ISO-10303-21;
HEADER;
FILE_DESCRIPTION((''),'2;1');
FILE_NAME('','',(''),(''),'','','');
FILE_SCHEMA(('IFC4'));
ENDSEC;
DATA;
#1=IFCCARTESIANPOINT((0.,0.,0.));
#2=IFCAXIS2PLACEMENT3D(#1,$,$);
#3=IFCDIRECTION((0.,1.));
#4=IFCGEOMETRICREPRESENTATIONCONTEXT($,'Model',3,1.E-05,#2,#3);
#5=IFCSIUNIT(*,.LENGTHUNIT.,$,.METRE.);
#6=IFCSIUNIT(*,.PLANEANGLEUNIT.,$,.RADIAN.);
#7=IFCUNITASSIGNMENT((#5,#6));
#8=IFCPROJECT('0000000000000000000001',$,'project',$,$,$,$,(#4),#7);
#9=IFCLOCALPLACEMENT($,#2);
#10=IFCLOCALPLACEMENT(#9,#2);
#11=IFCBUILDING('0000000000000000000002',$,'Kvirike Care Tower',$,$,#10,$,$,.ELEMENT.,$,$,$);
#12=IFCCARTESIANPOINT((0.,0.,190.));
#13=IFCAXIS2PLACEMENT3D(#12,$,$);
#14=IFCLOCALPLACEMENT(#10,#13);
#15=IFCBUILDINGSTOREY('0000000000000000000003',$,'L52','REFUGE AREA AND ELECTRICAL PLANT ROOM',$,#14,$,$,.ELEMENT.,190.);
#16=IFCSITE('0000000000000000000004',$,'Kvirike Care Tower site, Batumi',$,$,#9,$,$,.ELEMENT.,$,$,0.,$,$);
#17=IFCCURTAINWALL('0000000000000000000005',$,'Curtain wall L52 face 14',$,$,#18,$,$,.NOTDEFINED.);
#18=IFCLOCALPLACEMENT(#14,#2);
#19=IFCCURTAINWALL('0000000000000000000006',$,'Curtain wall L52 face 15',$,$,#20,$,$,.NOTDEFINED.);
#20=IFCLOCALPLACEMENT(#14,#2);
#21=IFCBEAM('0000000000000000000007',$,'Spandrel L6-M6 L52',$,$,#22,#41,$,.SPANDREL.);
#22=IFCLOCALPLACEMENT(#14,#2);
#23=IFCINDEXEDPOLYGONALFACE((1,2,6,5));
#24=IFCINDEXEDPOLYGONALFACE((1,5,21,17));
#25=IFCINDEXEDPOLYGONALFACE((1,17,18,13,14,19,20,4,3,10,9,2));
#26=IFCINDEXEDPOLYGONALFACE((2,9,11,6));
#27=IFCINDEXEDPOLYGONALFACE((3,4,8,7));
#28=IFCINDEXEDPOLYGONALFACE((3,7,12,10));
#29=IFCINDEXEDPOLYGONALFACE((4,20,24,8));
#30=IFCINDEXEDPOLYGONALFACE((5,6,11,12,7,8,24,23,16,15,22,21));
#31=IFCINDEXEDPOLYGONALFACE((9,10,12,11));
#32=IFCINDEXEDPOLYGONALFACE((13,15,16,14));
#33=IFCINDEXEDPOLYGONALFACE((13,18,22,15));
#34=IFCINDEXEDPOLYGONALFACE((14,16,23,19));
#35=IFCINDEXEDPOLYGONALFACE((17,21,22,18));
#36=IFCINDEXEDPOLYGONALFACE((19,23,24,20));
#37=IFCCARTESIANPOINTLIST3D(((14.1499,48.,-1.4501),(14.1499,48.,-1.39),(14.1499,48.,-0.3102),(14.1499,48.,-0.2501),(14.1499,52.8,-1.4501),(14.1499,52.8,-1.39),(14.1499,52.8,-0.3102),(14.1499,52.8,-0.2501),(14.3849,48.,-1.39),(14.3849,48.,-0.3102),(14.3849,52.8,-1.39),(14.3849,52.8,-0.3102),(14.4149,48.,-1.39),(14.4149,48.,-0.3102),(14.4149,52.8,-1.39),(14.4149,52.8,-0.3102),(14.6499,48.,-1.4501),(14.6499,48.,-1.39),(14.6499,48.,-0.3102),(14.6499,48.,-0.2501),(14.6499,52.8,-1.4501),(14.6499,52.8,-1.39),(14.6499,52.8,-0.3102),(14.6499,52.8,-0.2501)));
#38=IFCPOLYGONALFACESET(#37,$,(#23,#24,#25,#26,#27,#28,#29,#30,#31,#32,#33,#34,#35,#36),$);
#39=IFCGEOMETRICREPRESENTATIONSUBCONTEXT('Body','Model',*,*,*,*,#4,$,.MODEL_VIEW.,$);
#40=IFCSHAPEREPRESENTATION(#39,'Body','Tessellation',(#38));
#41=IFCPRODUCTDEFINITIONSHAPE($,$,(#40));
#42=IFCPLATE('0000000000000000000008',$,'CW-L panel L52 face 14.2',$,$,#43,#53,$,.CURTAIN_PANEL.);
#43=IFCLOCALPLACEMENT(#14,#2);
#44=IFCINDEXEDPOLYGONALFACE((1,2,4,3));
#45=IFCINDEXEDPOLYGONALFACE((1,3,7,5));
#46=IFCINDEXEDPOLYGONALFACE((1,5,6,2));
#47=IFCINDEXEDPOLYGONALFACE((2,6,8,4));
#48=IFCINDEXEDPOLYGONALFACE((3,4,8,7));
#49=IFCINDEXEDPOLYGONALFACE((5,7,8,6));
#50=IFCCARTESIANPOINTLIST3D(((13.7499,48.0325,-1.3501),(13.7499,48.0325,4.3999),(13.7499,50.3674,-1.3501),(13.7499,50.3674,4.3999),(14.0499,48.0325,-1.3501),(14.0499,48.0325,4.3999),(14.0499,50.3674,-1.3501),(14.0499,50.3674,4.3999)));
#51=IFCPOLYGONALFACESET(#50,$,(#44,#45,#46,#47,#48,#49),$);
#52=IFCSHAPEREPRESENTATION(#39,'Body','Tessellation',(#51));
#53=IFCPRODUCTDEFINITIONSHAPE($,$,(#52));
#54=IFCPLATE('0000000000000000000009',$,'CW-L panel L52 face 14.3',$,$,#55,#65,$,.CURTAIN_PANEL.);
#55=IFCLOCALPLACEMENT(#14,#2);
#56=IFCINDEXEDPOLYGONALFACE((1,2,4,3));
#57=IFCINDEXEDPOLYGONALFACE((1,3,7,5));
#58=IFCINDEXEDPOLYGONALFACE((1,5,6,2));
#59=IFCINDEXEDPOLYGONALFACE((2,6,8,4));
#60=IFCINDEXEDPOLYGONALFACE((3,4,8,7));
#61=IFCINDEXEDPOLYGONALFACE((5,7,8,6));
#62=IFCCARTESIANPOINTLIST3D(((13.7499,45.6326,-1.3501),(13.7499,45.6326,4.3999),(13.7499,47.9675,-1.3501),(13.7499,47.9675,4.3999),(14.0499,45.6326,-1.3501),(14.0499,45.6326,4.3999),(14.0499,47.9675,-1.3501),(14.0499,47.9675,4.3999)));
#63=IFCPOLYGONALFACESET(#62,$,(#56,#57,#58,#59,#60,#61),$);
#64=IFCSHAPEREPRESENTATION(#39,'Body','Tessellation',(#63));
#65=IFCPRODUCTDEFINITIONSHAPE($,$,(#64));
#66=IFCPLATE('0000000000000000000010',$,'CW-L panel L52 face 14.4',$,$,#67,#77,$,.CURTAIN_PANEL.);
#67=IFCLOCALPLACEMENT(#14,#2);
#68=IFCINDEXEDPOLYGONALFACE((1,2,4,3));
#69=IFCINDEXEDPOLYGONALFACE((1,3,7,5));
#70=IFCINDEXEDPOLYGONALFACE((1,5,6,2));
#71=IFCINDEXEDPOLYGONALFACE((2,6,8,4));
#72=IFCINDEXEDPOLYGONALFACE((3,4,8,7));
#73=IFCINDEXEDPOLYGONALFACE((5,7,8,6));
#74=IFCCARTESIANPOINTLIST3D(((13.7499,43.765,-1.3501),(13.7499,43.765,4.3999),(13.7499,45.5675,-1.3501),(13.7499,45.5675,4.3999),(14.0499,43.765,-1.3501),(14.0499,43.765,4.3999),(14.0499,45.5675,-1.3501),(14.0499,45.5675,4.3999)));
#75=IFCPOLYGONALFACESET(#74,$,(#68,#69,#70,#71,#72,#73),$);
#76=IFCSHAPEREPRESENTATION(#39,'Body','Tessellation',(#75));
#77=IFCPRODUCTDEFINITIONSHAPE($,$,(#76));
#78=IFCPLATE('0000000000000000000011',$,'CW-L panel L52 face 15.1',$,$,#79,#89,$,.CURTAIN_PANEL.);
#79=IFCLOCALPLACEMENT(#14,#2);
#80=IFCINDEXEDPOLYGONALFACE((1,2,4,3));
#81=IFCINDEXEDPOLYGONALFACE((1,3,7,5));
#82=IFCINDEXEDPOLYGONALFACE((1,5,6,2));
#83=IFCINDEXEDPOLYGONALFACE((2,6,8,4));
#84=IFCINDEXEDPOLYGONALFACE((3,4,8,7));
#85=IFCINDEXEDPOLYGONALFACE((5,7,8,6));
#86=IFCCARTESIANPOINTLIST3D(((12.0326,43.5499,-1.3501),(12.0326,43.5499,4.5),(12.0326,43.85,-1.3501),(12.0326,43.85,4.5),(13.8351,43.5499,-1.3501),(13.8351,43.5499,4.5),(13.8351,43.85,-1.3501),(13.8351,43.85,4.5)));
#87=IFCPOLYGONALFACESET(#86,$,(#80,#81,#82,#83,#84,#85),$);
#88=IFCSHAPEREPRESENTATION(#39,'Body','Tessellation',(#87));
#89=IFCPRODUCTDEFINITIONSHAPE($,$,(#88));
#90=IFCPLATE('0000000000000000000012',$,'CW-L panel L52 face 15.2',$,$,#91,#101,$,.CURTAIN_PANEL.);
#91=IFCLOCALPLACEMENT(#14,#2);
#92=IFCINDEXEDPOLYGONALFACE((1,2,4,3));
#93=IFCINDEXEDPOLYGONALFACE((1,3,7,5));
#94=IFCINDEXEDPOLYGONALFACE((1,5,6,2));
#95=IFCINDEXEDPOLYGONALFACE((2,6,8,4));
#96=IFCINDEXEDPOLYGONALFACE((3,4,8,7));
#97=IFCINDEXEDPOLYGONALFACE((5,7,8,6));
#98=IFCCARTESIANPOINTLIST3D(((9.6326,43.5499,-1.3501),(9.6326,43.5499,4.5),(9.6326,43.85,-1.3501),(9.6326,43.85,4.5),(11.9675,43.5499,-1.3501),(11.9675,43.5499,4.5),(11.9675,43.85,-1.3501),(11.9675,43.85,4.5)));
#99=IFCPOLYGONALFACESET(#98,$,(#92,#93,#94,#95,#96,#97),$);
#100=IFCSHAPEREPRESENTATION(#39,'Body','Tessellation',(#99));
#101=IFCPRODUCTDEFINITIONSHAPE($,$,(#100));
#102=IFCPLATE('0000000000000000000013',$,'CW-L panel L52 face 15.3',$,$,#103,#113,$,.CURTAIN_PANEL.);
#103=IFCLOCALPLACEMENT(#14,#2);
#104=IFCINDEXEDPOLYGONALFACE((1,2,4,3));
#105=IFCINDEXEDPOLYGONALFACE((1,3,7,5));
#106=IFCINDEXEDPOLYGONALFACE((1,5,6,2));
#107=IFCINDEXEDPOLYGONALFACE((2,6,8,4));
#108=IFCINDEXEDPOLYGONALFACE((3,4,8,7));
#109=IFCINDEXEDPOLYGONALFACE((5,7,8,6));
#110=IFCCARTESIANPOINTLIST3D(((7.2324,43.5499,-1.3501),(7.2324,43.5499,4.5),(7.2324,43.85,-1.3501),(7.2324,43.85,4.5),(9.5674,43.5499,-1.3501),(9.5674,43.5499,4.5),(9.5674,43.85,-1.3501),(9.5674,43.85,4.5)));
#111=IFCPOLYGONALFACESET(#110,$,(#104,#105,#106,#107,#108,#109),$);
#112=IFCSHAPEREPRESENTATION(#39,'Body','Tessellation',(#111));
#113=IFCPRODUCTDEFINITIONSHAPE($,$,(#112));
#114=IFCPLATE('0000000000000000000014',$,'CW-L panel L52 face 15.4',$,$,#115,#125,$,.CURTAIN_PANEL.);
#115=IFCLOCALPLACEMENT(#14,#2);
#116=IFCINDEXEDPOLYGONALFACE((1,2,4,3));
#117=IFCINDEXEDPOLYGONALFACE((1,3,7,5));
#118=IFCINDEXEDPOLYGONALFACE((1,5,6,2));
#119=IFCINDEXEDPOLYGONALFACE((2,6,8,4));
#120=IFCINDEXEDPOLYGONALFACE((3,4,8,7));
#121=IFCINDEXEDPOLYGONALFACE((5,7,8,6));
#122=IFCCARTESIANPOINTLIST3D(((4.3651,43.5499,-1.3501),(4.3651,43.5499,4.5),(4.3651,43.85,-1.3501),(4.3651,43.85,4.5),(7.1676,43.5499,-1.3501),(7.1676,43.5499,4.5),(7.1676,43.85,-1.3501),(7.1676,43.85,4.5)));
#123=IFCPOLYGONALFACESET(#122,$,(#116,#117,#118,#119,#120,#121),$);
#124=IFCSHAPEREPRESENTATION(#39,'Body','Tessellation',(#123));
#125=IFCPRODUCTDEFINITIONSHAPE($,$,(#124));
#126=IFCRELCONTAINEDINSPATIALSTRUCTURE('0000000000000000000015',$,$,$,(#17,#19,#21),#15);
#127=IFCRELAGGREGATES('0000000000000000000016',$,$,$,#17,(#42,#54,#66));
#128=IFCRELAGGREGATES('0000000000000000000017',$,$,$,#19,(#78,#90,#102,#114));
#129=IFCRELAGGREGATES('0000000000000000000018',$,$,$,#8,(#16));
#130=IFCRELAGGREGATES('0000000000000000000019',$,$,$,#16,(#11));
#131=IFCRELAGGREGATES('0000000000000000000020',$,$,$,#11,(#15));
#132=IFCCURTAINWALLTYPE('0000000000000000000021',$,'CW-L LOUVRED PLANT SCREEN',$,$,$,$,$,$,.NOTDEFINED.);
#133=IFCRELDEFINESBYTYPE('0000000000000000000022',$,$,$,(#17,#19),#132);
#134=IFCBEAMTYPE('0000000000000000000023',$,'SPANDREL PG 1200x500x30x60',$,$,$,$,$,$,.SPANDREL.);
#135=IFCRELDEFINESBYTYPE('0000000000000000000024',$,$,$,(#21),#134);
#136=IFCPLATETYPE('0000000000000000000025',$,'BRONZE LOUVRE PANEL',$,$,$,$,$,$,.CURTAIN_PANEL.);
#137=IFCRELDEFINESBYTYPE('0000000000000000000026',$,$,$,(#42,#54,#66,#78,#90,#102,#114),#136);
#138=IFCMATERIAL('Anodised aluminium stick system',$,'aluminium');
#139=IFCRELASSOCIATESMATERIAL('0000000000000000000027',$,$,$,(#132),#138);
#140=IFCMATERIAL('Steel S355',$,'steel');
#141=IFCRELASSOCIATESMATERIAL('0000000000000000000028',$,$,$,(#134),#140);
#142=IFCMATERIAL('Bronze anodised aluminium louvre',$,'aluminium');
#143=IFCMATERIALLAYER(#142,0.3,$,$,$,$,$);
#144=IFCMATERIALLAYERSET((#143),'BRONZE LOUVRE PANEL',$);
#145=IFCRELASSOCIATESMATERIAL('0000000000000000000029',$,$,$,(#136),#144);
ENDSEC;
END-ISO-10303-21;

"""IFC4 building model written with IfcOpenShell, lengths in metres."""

from ifc_helpers import new_model, si_unit, direction, frame, origin, origin_2d, place, context, subcontext, project, spatial, rectangle, i_section, extrude, material, layer, layer_set, material_profile, profile_set, type_object, element, aggregate, save


model = new_model("IFC4")

# Units and contexts
model_context = context("Model", 3, precision=1e-05, world=origin(), true_north=direction((0.0, 1.0)))
body_context = subcontext(model_context, "Body", "Model", "MODEL_VIEW")
ifc_project = project(units=[si_unit("LENGTHUNIT", "METRE"), si_unit("PLANEANGLEUNIT", "RADIAN")], contexts=[model_context])

# Site, building, storey
site_placement = place(None, origin())
site = spatial("IfcSite", under=ifc_project, at=site_placement, Name="Kvirike Care Tower site, Batumi", CompositionType="ELEMENT", RefElevation=0.0)
building_placement = place(site_placement, origin())
building = spatial("IfcBuilding", under=site, at=building_placement, Name="Kvirike Care Tower", CompositionType="ELEMENT")
storey_placement = place(building_placement, frame((0.0, 0.0, 190.0)))
storey = spatial("IfcBuildingStorey", under=building, at=storey_placement, Name="L52", Description="REFUGE AREA AND ELECTRICAL PLANT ROOM", CompositionType="ELEMENT", Elevation=190.0)

# Curtain walls
ifc_material_1 = material(Name="Anodised aluminium stick system", Category="aluminium")
curtain_wall_type = type_object("IfcCurtainWallType", Name="CW-L LOUVRED PLANT SCREEN", PredefinedType="NOTDEFINED", material=ifc_material_1)
curtain_wall_1_placement = place(storey_placement, origin())
curtain_wall_1 = element("IfcCurtainWall", 1, at=curtain_wall_1_placement, inside=storey, type_object=curtain_wall_type, Name="Curtain wall L52 face 14", PredefinedType="NOTDEFINED")
curtain_wall_2_placement = place(storey_placement, origin())
curtain_wall_2 = element("IfcCurtainWall", 2, at=curtain_wall_2_placement, inside=storey, type_object=curtain_wall_type, Name="Curtain wall L52 face 15", PredefinedType="NOTDEFINED")

# Beam
ifc_material_2 = material(Name="Steel S355", Category="steel")
ifc_material_profile_1 = material_profile(ifc_material_2, i_section(OverallWidth=0.5, OverallDepth=1.2, WebThickness=0.03, FlangeThickness=0.0601, at=origin_2d()), Name="PG 1200x500x30x60")
ifc_profile_set_1 = profile_set([ifc_material_profile_1], Name="Steel S355")
beam_type_1 = type_object("IfcBeamType", Name="SPANDREL PG 1200x500x30x60", PredefinedType="SPANDREL", material=ifc_profile_set_1)
beam_1_placement = place(storey_placement, frame((14.3999, 48.0, -0.8501), z_axis=(0.0, 1.0, 0.0), x_axis=(-1.0, 0.0, 0.0)))
element("IfcBeam", 3, at=beam_1_placement, inside=storey, type_object=beam_type_1, Name="Spandrel L6-M6 L52", PredefinedType="SPANDREL", context=body_context, shape_type="SweptSolid", body=[
    extrude(i_section(OverallWidth=0.5, OverallDepth=1.2, WebThickness=0.03, FlangeThickness=0.0601, at=origin_2d()), origin(), (0.0, 0.0, 1.0), 4.8),
])

# Plates
ifc_material_3 = material(Name="Bronze anodised aluminium louvre", Category="aluminium")
ifc_layer = layer(ifc_material_3, 0.3)
ifc_layer_set = layer_set([ifc_layer], Name="BRONZE LOUVRE PANEL")
plate_type = type_object("IfcPlateType", Name="BRONZE LOUVRE PANEL", PredefinedType="CURTAIN_PANEL", material=ifc_layer_set)
plate_1_placement = place(storey_placement, frame((13.8999, 49.2, -1.3501), z_axis=(0.0, 0.0, 1.0), x_axis=(0.0, -1.0, 0.0)))
plate_1 = element("IfcPlate", 4, at=plate_1_placement, type_object=plate_type, Name="CW-L panel L52 face 14.2", PredefinedType="CURTAIN_PANEL", context=body_context, shape_type="SweptSolid", body=[
    extrude(rectangle(XDim=2.335, YDim=0.3, at=origin_2d()), origin(), (0.0, 0.0, 1.0), 5.75),
])
plate_2_placement = place(storey_placement, frame((13.8999, 46.8, -1.3501), z_axis=(0.0, 0.0, 1.0), x_axis=(0.0, -1.0, 0.0)))
plate_2 = element("IfcPlate", 5, at=plate_2_placement, type_object=plate_type, Name="CW-L panel L52 face 14.3", PredefinedType="CURTAIN_PANEL", context=body_context, shape_type="SweptSolid", body=[
    extrude(rectangle(XDim=2.335, YDim=0.3, at=origin_2d()), origin(), (0.0, 0.0, 1.0), 5.75),
])
plate_3_placement = place(storey_placement, frame((13.8999, 44.6663, -1.3501), z_axis=(0.0, 0.0, 1.0), x_axis=(0.0, -1.0, 0.0)))
plate_3 = element("IfcPlate", 6, at=plate_3_placement, type_object=plate_type, Name="CW-L panel L52 face 14.4", PredefinedType="CURTAIN_PANEL", context=body_context, shape_type="SweptSolid", body=[
    extrude(rectangle(XDim=1.8025, YDim=0.3, at=origin_2d()), origin(), (0.0, 0.0, 1.0), 5.75),
])
aggregate(curtain_wall_1, [plate_1, plate_2, plate_3])
plate_4_placement = place(storey_placement, frame((12.9338, 43.7, -1.3501), z_axis=(0.0, 0.0, 1.0), x_axis=(-1.0, 0.0, 0.0)))
plate_4 = element("IfcPlate", 7, at=plate_4_placement, type_object=plate_type, Name="CW-L panel L52 face 15.1", PredefinedType="CURTAIN_PANEL", context=body_context, shape_type="SweptSolid", body=[
    extrude(rectangle(XDim=1.8025, YDim=0.3, at=origin_2d()), origin(), (0.0, 0.0, 1.0), 5.8501),
])
plate_5_placement = place(storey_placement, frame((10.8, 43.7, -1.3501), z_axis=(0.0, 0.0, 1.0), x_axis=(-1.0, 0.0, 0.0)))
plate_5 = element("IfcPlate", 8, at=plate_5_placement, type_object=plate_type, Name="CW-L panel L52 face 15.2", PredefinedType="CURTAIN_PANEL", context=body_context, shape_type="SweptSolid", body=[
    extrude(rectangle(XDim=2.335, YDim=0.3, at=origin_2d()), origin(), (0.0, 0.0, 1.0), 5.8501),
])
plate_6_placement = place(storey_placement, frame((8.3999, 43.7, -1.3501), z_axis=(0.0, 0.0, 1.0), x_axis=(-1.0, 0.0, 0.0)))
plate_6 = element("IfcPlate", 9, at=plate_6_placement, type_object=plate_type, Name="CW-L panel L52 face 15.3", PredefinedType="CURTAIN_PANEL", context=body_context, shape_type="SweptSolid", body=[
    extrude(rectangle(XDim=2.335, YDim=0.3, at=origin_2d()), origin(), (0.0, 0.0, 1.0), 5.8501),
])
plate_7_placement = place(storey_placement, frame((5.7664, 43.7, -1.3501), z_axis=(0.0, 0.0, 1.0), x_axis=(-1.0, 0.0, 0.0)))
plate_7 = element("IfcPlate", 10, at=plate_7_placement, type_object=plate_type, Name="CW-L panel L52 face 15.4", PredefinedType="CURTAIN_PANEL", context=body_context, shape_type="SweptSolid", body=[
    extrude(rectangle(XDim=2.8025, YDim=0.3, at=origin_2d()), origin(), (0.0, 0.0, 1.0), 5.8501),
])
aggregate(curtain_wall_2, [plate_4, plate_5, plate_6, plate_7])

save(model, "model.ifc")
